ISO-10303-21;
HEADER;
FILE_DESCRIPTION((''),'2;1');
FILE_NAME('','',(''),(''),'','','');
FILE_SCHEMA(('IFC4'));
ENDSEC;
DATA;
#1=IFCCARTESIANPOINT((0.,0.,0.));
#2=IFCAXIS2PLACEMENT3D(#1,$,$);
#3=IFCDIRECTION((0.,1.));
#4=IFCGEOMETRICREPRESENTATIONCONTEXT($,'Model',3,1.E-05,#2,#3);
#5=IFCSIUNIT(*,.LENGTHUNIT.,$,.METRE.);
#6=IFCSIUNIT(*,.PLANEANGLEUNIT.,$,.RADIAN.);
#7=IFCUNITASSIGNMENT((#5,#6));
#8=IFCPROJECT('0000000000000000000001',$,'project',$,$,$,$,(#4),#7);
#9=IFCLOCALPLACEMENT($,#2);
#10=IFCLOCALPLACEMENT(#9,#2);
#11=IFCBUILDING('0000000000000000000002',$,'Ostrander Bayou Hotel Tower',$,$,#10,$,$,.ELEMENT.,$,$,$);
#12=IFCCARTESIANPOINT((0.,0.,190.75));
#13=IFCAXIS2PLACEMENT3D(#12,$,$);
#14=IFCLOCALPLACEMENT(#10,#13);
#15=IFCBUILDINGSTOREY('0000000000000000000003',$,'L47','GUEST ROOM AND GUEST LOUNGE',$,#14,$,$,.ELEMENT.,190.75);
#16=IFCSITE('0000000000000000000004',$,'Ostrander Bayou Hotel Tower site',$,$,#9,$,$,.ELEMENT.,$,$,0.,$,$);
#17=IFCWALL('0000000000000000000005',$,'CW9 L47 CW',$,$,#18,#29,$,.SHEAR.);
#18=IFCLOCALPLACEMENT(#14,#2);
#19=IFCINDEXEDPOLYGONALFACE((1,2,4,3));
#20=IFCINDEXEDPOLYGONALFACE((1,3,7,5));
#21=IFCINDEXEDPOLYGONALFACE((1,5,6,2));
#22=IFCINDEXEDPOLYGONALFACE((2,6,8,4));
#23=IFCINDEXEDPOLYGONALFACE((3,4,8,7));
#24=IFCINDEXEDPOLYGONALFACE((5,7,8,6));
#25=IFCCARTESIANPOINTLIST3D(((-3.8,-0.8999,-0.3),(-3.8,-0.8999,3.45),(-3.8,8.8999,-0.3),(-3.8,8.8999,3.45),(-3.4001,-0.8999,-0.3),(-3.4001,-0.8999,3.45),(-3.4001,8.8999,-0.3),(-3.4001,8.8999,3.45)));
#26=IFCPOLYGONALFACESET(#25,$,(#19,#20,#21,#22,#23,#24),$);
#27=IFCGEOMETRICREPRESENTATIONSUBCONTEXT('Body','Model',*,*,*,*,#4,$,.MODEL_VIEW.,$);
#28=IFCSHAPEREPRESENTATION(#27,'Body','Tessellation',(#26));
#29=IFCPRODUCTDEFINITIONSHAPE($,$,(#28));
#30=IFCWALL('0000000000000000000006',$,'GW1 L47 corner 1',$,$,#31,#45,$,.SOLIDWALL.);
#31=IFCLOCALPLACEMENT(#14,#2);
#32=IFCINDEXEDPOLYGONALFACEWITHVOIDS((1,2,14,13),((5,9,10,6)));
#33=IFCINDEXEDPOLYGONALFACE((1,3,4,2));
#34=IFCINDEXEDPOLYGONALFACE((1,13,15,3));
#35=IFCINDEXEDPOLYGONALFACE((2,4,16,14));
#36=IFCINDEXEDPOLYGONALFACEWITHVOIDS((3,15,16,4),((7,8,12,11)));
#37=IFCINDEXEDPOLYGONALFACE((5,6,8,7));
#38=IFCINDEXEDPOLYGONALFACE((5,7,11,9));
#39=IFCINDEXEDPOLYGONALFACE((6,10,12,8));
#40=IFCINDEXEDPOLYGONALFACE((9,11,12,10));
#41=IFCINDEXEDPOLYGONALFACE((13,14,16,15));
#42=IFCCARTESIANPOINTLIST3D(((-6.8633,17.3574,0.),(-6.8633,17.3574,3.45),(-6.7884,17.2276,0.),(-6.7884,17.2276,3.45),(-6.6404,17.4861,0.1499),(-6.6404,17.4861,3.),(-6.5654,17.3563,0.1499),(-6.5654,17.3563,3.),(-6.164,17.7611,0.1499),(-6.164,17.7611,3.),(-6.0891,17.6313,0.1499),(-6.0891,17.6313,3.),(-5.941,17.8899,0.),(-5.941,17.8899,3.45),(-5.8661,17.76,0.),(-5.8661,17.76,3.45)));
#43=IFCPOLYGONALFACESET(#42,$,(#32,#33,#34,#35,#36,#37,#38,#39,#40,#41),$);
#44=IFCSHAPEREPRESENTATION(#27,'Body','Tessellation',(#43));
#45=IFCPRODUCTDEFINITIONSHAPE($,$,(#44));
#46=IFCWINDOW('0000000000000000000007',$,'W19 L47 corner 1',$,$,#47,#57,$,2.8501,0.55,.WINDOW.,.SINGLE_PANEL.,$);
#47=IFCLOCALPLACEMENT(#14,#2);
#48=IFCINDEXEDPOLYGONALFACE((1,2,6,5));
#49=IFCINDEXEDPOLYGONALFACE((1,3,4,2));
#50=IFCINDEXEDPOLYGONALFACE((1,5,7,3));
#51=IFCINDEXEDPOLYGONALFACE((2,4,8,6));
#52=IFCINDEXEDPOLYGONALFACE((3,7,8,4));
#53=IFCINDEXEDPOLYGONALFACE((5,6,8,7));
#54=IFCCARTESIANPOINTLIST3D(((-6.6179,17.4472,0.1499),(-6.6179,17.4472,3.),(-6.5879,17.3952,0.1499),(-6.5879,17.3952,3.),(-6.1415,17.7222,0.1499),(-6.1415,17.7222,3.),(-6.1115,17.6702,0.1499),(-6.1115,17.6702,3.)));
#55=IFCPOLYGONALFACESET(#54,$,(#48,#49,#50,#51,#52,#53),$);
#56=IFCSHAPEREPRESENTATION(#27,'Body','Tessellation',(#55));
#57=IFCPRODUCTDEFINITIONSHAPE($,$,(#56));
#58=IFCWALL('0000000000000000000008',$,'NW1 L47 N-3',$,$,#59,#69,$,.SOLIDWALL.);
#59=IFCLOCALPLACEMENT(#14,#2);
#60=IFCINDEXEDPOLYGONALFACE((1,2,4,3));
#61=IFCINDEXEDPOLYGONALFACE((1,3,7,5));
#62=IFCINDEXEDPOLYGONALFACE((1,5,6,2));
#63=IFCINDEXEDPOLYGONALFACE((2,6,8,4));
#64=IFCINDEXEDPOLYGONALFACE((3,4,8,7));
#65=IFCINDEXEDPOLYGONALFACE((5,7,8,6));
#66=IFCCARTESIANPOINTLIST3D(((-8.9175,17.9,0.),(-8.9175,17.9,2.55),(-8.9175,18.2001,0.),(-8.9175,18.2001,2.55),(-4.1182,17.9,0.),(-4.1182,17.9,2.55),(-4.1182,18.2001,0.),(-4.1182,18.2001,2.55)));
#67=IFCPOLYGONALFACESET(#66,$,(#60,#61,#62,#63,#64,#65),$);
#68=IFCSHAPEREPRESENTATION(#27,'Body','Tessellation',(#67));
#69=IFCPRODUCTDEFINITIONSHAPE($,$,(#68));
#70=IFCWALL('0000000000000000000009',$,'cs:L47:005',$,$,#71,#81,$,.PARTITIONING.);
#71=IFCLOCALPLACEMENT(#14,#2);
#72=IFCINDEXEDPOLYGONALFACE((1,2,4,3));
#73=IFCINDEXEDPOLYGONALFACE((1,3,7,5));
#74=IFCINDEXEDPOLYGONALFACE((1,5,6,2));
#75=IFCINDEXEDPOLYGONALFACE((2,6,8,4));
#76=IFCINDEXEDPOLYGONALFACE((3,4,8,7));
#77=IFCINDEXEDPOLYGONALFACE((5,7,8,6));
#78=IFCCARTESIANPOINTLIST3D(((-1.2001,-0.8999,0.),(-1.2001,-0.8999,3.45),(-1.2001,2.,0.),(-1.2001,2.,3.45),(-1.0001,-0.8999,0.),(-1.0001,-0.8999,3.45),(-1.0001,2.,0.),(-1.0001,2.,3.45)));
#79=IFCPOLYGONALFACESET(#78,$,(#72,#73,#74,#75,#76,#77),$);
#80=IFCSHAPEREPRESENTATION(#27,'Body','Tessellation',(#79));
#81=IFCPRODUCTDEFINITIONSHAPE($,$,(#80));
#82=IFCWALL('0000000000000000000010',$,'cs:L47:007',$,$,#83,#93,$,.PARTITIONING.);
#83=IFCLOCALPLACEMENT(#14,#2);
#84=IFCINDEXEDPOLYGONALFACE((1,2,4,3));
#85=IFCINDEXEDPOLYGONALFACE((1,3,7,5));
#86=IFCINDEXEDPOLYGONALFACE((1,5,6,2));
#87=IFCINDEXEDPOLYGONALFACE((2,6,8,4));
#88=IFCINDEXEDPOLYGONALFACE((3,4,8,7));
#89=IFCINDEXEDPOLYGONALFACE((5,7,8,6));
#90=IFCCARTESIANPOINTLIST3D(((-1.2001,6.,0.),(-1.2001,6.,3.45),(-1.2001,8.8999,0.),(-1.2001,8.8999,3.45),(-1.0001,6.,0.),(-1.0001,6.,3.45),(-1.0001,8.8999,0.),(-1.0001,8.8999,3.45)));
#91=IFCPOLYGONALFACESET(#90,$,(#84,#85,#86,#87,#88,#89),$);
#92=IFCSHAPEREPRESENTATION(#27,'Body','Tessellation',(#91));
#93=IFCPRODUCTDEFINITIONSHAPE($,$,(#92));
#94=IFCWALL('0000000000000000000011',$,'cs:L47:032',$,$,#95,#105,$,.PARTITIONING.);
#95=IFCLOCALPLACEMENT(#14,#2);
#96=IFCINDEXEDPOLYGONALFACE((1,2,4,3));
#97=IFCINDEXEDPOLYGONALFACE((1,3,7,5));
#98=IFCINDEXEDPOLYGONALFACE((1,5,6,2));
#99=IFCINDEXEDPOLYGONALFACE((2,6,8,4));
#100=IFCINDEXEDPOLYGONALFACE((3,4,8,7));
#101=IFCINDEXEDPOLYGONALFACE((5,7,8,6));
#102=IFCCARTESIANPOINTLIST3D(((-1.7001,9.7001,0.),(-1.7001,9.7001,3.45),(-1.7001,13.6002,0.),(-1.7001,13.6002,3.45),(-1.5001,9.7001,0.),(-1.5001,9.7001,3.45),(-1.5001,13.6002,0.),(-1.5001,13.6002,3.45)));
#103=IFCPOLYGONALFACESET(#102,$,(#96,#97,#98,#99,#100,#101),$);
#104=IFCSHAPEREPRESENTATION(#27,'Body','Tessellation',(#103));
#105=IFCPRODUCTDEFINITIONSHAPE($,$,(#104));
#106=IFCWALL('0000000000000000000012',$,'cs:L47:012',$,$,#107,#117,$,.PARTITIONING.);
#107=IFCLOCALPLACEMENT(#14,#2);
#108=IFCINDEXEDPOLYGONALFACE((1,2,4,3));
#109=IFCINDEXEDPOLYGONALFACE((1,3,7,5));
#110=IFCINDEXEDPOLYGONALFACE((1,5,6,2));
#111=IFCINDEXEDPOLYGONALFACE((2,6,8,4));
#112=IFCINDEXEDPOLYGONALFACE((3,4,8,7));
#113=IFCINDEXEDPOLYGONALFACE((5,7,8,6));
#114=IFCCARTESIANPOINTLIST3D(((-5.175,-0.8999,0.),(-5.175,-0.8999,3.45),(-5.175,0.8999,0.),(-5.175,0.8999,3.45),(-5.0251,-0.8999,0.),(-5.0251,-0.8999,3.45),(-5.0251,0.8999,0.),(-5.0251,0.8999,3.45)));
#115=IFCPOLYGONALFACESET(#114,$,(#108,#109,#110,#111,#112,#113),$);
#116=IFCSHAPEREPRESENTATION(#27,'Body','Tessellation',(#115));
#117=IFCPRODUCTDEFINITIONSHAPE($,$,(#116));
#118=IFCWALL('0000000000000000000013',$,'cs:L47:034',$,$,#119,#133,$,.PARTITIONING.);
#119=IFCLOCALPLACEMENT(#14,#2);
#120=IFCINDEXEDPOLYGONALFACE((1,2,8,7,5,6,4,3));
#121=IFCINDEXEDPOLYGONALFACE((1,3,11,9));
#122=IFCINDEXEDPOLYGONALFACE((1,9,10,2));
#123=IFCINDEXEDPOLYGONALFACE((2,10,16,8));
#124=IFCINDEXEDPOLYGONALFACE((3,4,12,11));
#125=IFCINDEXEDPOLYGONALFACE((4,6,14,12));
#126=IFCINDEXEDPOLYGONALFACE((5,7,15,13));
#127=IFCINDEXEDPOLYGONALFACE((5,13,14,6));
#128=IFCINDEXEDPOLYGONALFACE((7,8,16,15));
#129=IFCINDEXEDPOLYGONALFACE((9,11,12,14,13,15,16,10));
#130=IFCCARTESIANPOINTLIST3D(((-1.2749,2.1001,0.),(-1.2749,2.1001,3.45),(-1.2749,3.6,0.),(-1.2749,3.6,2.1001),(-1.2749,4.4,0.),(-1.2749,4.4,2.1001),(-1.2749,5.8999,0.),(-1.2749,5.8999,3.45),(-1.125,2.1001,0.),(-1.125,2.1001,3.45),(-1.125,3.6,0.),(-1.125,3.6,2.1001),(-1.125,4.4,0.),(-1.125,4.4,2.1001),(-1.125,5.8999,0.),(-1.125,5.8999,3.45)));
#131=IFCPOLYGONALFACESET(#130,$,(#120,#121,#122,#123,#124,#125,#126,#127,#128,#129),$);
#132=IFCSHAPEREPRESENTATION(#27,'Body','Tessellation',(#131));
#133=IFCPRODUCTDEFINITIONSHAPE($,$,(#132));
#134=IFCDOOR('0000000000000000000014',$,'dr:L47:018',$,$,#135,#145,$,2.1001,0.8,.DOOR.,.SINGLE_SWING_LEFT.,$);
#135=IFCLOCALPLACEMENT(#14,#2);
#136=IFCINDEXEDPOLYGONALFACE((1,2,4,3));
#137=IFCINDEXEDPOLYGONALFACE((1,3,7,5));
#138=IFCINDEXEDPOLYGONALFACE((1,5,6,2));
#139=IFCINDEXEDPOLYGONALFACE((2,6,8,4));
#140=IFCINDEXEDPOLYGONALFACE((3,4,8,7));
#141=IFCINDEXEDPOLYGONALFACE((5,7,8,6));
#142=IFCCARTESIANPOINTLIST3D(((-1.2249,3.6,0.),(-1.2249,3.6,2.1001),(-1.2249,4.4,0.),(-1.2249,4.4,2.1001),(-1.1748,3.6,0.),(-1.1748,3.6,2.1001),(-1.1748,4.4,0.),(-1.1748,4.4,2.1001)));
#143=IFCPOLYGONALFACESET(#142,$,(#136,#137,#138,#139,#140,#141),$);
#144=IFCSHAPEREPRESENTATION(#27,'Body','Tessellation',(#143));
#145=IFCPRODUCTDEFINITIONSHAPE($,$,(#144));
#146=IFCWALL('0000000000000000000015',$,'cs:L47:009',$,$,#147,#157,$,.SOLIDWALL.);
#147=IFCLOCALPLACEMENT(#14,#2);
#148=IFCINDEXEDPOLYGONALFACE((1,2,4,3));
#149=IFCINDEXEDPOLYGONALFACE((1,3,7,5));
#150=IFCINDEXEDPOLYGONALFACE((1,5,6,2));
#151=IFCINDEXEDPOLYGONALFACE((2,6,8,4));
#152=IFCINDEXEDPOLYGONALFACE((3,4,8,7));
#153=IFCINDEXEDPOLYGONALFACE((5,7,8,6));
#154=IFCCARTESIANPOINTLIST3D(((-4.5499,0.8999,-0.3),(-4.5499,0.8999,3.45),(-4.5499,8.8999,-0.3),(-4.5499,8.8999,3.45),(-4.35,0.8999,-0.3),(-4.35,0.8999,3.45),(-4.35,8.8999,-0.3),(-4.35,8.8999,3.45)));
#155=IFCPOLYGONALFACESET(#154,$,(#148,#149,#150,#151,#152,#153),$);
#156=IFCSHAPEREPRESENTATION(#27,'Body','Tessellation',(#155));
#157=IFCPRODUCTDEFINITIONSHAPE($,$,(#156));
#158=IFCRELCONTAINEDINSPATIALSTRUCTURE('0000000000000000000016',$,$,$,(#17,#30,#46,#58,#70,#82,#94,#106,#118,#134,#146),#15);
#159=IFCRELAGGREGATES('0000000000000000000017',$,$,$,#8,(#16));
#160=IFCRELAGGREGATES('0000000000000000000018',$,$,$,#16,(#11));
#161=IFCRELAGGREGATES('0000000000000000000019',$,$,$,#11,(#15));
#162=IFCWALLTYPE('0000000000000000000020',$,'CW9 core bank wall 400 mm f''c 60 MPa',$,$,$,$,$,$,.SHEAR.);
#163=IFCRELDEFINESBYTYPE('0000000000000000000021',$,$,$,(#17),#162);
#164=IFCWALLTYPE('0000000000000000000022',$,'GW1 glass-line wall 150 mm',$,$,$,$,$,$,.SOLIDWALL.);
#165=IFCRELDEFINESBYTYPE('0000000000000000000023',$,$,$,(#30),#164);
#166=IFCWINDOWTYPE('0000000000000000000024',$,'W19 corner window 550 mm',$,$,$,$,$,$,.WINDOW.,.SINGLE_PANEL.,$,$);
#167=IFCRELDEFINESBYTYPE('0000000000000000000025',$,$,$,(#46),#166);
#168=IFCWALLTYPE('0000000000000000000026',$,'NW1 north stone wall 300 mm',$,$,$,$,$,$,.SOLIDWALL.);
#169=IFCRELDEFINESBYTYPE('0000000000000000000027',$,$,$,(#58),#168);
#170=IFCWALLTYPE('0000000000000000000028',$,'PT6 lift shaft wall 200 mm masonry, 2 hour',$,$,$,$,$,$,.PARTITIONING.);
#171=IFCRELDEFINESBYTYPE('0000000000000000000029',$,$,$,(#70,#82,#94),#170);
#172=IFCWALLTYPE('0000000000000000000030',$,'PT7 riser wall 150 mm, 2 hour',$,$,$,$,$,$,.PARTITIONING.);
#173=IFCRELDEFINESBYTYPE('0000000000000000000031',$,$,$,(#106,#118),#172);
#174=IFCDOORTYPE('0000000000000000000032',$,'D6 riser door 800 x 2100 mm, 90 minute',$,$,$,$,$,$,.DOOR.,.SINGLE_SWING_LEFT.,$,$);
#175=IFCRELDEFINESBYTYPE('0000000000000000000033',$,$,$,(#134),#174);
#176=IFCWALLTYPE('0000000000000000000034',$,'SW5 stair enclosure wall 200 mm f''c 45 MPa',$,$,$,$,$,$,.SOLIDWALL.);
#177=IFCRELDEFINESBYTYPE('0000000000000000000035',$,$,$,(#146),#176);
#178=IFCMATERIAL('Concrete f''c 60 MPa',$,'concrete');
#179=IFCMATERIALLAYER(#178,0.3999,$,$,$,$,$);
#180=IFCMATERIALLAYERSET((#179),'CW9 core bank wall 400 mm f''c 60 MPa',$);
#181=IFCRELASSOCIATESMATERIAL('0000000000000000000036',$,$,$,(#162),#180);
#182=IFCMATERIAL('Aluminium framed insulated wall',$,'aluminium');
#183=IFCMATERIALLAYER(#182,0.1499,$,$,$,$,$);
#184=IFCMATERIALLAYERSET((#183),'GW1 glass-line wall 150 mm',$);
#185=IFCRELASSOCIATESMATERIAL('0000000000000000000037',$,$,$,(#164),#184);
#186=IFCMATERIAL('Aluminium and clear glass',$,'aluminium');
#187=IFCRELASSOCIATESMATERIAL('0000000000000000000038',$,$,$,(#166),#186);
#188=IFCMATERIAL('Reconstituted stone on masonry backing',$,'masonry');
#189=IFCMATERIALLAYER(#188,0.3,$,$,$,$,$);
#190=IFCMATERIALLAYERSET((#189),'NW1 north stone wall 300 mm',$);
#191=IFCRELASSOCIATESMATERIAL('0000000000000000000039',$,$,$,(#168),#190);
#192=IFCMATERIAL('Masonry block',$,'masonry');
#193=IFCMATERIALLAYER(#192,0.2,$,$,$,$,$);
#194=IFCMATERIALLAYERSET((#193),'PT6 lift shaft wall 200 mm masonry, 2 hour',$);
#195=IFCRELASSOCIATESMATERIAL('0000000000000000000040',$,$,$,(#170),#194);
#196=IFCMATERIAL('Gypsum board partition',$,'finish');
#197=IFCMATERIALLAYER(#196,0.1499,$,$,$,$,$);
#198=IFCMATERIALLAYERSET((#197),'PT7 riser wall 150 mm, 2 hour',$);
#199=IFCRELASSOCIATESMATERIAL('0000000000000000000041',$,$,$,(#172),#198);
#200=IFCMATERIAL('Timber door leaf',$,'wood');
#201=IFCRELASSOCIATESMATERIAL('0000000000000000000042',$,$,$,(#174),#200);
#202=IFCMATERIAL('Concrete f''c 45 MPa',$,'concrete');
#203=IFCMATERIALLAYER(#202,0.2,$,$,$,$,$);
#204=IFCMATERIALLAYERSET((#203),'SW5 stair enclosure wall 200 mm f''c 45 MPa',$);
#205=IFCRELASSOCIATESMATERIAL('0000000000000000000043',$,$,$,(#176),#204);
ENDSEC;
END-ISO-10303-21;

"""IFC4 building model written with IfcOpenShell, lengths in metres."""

from ifc_helpers import new_model, si_unit, direction, frame, frame_2d, origin, place, context, subcontext, project, spatial, rectangle, extrude, material, layer, layer_set, type_object, element, fill, save


model = new_model("IFC4")

# Units and contexts
model_context = context("Model", 3, precision=1e-05, world=origin(), true_north=direction((0.0, 1.0)))
body_context = subcontext(model_context, "Body", "Model", "MODEL_VIEW")
ifc_project = project(units=[si_unit("LENGTHUNIT", "METRE"), si_unit("PLANEANGLEUNIT", "RADIAN")], contexts=[model_context])

# Site, building, storey
site_placement = place(None, origin())
site = spatial("IfcSite", under=ifc_project, at=site_placement, Name="Ostrander Bayou Hotel Tower site", CompositionType="ELEMENT", RefElevation=0.0)
building_placement = place(site_placement, origin())
building = spatial("IfcBuilding", under=site, at=building_placement, Name="Ostrander Bayou Hotel Tower", CompositionType="ELEMENT")
storey_placement = place(building_placement, frame((0.0, 0.0, 190.75)))
storey = spatial("IfcBuildingStorey", under=building, at=storey_placement, Name="L47", Description="GUEST ROOM AND GUEST LOUNGE", CompositionType="ELEMENT", Elevation=190.75)

# Wall
ifc_material_1 = material(Name="Concrete f'c 60 MPa", Category="concrete")
ifc_layer_1 = layer(ifc_material_1, 0.3999)
ifc_layer_set_1 = layer_set([ifc_layer_1], Name="CW9 core bank wall 400 mm f'c 60 MPa")
wall_type_1 = type_object("IfcWallType", Name="CW9 core bank wall 400 mm f'c 60 MPa", PredefinedType="SHEAR", material=ifc_layer_set_1)
wall_1_placement = place(storey_placement, frame((-3.6001, -0.8999, -0.3), z_axis=(0.0, 0.0, 1.0), x_axis=(0.0, 1.0, 0.0)))
element("IfcWall", 1, at=wall_1_placement, inside=storey, type_object=wall_type_1, Name="CW9 L47 CW", PredefinedType="SHEAR", context=body_context, shape_type="SweptSolid", body=[
    extrude(rectangle(XDim=9.7998, YDim=0.3999, at=frame_2d((4.8999, 0.0))), origin(), (0.0, 0.0, 1.0), 3.75),
])

# Wall, opening, window
ifc_material_2 = material(Name="Aluminium framed insulated wall", Category="aluminium")
ifc_layer_2 = layer(ifc_material_2, 0.1499)
ifc_layer_set_2 = layer_set([ifc_layer_2], Name="GW1 glass-line wall 150 mm")
wall_type_2 = type_object("IfcWallType", Name="GW1 glass-line wall 150 mm", PredefinedType="SOLIDWALL", material=ifc_layer_set_2)
wall_2_placement = place(storey_placement, frame((-5.9036, 17.825, 0.0), z_axis=(0.0, 0.0, 1.0), x_axis=(-0.866048, -0.499961, 0.0)))
wall_2 = element("IfcWall", 2, at=wall_2_placement, inside=storey, type_object=wall_type_2, Name="GW1 L47 corner 1", PredefinedType="SOLIDWALL", context=body_context, shape_type="SweptSolid", body=[
    extrude(rectangle(XDim=1.0649, YDim=0.1499, at=frame_2d((0.5325, 0.0))), origin(), (0.0, 0.0, 1.0), 3.45),
])
opening_1_placement = place(wall_2_placement, frame((0.2576, 0.0, 0.1499)))
opening_1 = element("IfcOpeningElement", 3, at=opening_1_placement, cuts=wall_2, PredefinedType="OPENING", context=body_context, shape_type="SweptSolid", body=[
    extrude(rectangle(XDim=0.55, YDim=2.8501, at=frame_2d((0.2749, 1.425))), frame((0.0, 0.075, 0.0), z_axis=(0.0, -1.0, 0.0), x_axis=(1.0, 0.0, 0.0)), (0.0, 0.0, 1.0), 0.1499),
])
ifc_material_3 = material(Name="Aluminium and clear glass", Category="aluminium")
window_type = type_object("IfcWindowType", Name="W19 corner window 550 mm", PartitioningType="SINGLE_PANEL", PredefinedType="WINDOW", material=ifc_material_3)
window_placement = place(opening_1_placement, origin())
window = element("IfcWindow", 4, at=window_placement, inside=storey, type_object=window_type, Name="W19 L47 corner 1", OverallHeight=2.8501, OverallWidth=0.55, PartitioningType="SINGLE_PANEL", PredefinedType="WINDOW", context=body_context, shape_type="SweptSolid", body=[
    extrude(rectangle(XDim=0.55, YDim=2.8501, at=frame_2d((0.2749, 1.425))), frame((0.0, 0.03, 0.0), z_axis=(0.0, -1.0, 0.0), x_axis=(1.0, 0.0, 0.0)), (0.0, 0.0, 1.0), 0.0601),
])
fill(opening_1, window)

# Wall
ifc_material_4 = material(Name="Reconstituted stone on masonry backing", Category="masonry")
ifc_layer_3 = layer(ifc_material_4, 0.3)
ifc_layer_set_3 = layer_set([ifc_layer_3], Name="NW1 north stone wall 300 mm")
wall_type_3 = type_object("IfcWallType", Name="NW1 north stone wall 300 mm", PredefinedType="SOLIDWALL", material=ifc_layer_set_3)
wall_3_placement = place(storey_placement, frame((-4.1182, 18.05, 0.0), z_axis=(0.0, 0.0, 1.0), x_axis=(-1.0, 0.0, 0.0)))
element("IfcWall", 5, at=wall_3_placement, inside=storey, type_object=wall_type_3, Name="NW1 L47 N-3", PredefinedType="SOLIDWALL", context=body_context, shape_type="SweptSolid", body=[
    extrude(rectangle(XDim=4.7993, YDim=0.3, at=frame_2d((2.3997, 0.0))), origin(), (0.0, 0.0, 1.0), 2.55),
])

# Shared definitions
ifc_material_5 = material(Name="Masonry block", Category="masonry")
ifc_layer_4 = layer(ifc_material_5, 0.2)
ifc_layer_set_4 = layer_set([ifc_layer_4], Name="PT6 lift shaft wall 200 mm masonry, 2 hour")
wall_type_4 = type_object("IfcWallType", Name="PT6 lift shaft wall 200 mm masonry, 2 hour", PredefinedType="PARTITIONING", material=ifc_layer_set_4)

# Walls
for number, where, z_axis, x_axis, name in (
    (6, (-1.1001, -0.8999, 0.0), (0.0, 0.0, 1.0), (0.0, 1.0, 0.0), "cs:L47:005"),
    (7, (-1.1001, 6.0, 0.0), (0.0, 0.0, 1.0), (0.0, 1.0, 0.0), "cs:L47:007"),
):
    element("IfcWall", number, at=place(storey_placement, frame(where, z_axis=z_axis, x_axis=x_axis)), inside=storey, type_object=wall_type_4, Name=name, PredefinedType="PARTITIONING", context=body_context, shape_type="SweptSolid", body=[
        extrude(rectangle(XDim=2.8999, YDim=0.2, at=frame_2d((1.45, 0.0))), origin(), (0.0, 0.0, 1.0), 3.45),
    ])
wall_4_placement = place(storey_placement, frame((-1.6001, 9.7, 0.0), z_axis=(0.0, 0.0, 1.0), x_axis=(0.0, 1.0, 0.0)))
element("IfcWall", 8, at=wall_4_placement, inside=storey, type_object=wall_type_4, Name="cs:L47:032", PredefinedType="PARTITIONING", context=body_context, shape_type="SweptSolid", body=[
    extrude(rectangle(XDim=3.9001, YDim=0.2, at=frame_2d((1.9502, 0.0))), origin(), (0.0, 0.0, 1.0), 3.45),
])
ifc_material_6 = material(Name="Gypsum board partition", Category="finish")
ifc_layer_5 = layer(ifc_material_6, 0.1499)
ifc_layer_set_5 = layer_set([ifc_layer_5], Name="PT7 riser wall 150 mm, 2 hour")
wall_type_5 = type_object("IfcWallType", Name="PT7 riser wall 150 mm, 2 hour", PredefinedType="PARTITIONING", material=ifc_layer_set_5)
wall_5_placement = place(storey_placement, frame((-5.1001, -0.8999, 0.0), z_axis=(0.0, 0.0, 1.0), x_axis=(0.0, 1.0, 0.0)))
element("IfcWall", 9, at=wall_5_placement, inside=storey, type_object=wall_type_5, Name="cs:L47:012", PredefinedType="PARTITIONING", context=body_context, shape_type="SweptSolid", body=[
    extrude(rectangle(XDim=1.7998, YDim=0.1499, at=frame_2d((0.8999, 0.0))), origin(), (0.0, 0.0, 1.0), 3.45),
])

# Wall, opening, door
wall_6_placement = place(storey_placement, frame((-1.2, 2.1001, 0.0), z_axis=(0.0, 0.0, 1.0), x_axis=(0.0, 1.0, 0.0)))
wall_6 = element("IfcWall", 10, at=wall_6_placement, inside=storey, type_object=wall_type_5, Name="cs:L47:034", PredefinedType="PARTITIONING", context=body_context, shape_type="SweptSolid", body=[
    extrude(rectangle(XDim=3.7998, YDim=0.1499, at=frame_2d((1.8999, 0.0))), origin(), (0.0, 0.0, 1.0), 3.45),
])
opening_2_placement = place(wall_6_placement, frame((1.5, 0.0, 0.0)))
opening_2 = element("IfcOpeningElement", 11, at=opening_2_placement, cuts=wall_6, PredefinedType="OPENING", context=body_context, shape_type="SweptSolid", body=[
    extrude(rectangle(XDim=0.8, YDim=2.1001, at=frame_2d((0.3999, 1.05))), frame((0.0, 0.075, 0.0), z_axis=(0.0, -1.0, 0.0), x_axis=(1.0, 0.0, 0.0)), (0.0, 0.0, 1.0), 0.1499),
])
ifc_material_7 = material(Name="Timber door leaf", Category="wood")
door_type_1 = type_object("IfcDoorType", Name="D6 riser door 800 x 2100 mm, 90 minute", OperationType="SINGLE_SWING_LEFT", PredefinedType="DOOR", material=ifc_material_7)
door_1_placement = place(opening_2_placement, origin())
door_1 = element("IfcDoor", 12, at=door_1_placement, inside=storey, type_object=door_type_1, Name="dr:L47:018", OperationType="SINGLE_SWING_LEFT", OverallHeight=2.1001, OverallWidth=0.8, PredefinedType="DOOR", context=body_context, shape_type="SweptSolid", body=[
    extrude(rectangle(XDim=0.8, YDim=2.1001, at=frame_2d((0.3999, 1.05))), frame((0.0, 0.0249, 0.0), z_axis=(0.0, -1.0, 0.0), x_axis=(1.0, 0.0, 0.0)), (0.0, 0.0, 1.0), 0.05),
])
fill(opening_2, door_1)

# Wall
ifc_material_8 = material(Name="Concrete f'c 45 MPa", Category="concrete")
ifc_layer_6 = layer(ifc_material_8, 0.2)
ifc_layer_set_6 = layer_set([ifc_layer_6], Name="SW5 stair enclosure wall 200 mm f'c 45 MPa")
wall_type_6 = type_object("IfcWallType", Name="SW5 stair enclosure wall 200 mm f'c 45 MPa", PredefinedType="SOLIDWALL", material=ifc_layer_set_6)
wall_7_placement = place(storey_placement, frame((-4.45, 0.8999, -0.3), z_axis=(0.0, 0.0, 1.0), x_axis=(0.0, 1.0, 0.0)))
element("IfcWall", 13, at=wall_7_placement, inside=storey, type_object=wall_type_6, Name="cs:L47:009", PredefinedType="SOLIDWALL", context=body_context, shape_type="SweptSolid", body=[
    extrude(rectangle(XDim=8.0, YDim=0.2, at=frame_2d((4.0, 0.0))), origin(), (0.0, 0.0, 1.0), 3.75),
])

save(model, "model.ifc")
